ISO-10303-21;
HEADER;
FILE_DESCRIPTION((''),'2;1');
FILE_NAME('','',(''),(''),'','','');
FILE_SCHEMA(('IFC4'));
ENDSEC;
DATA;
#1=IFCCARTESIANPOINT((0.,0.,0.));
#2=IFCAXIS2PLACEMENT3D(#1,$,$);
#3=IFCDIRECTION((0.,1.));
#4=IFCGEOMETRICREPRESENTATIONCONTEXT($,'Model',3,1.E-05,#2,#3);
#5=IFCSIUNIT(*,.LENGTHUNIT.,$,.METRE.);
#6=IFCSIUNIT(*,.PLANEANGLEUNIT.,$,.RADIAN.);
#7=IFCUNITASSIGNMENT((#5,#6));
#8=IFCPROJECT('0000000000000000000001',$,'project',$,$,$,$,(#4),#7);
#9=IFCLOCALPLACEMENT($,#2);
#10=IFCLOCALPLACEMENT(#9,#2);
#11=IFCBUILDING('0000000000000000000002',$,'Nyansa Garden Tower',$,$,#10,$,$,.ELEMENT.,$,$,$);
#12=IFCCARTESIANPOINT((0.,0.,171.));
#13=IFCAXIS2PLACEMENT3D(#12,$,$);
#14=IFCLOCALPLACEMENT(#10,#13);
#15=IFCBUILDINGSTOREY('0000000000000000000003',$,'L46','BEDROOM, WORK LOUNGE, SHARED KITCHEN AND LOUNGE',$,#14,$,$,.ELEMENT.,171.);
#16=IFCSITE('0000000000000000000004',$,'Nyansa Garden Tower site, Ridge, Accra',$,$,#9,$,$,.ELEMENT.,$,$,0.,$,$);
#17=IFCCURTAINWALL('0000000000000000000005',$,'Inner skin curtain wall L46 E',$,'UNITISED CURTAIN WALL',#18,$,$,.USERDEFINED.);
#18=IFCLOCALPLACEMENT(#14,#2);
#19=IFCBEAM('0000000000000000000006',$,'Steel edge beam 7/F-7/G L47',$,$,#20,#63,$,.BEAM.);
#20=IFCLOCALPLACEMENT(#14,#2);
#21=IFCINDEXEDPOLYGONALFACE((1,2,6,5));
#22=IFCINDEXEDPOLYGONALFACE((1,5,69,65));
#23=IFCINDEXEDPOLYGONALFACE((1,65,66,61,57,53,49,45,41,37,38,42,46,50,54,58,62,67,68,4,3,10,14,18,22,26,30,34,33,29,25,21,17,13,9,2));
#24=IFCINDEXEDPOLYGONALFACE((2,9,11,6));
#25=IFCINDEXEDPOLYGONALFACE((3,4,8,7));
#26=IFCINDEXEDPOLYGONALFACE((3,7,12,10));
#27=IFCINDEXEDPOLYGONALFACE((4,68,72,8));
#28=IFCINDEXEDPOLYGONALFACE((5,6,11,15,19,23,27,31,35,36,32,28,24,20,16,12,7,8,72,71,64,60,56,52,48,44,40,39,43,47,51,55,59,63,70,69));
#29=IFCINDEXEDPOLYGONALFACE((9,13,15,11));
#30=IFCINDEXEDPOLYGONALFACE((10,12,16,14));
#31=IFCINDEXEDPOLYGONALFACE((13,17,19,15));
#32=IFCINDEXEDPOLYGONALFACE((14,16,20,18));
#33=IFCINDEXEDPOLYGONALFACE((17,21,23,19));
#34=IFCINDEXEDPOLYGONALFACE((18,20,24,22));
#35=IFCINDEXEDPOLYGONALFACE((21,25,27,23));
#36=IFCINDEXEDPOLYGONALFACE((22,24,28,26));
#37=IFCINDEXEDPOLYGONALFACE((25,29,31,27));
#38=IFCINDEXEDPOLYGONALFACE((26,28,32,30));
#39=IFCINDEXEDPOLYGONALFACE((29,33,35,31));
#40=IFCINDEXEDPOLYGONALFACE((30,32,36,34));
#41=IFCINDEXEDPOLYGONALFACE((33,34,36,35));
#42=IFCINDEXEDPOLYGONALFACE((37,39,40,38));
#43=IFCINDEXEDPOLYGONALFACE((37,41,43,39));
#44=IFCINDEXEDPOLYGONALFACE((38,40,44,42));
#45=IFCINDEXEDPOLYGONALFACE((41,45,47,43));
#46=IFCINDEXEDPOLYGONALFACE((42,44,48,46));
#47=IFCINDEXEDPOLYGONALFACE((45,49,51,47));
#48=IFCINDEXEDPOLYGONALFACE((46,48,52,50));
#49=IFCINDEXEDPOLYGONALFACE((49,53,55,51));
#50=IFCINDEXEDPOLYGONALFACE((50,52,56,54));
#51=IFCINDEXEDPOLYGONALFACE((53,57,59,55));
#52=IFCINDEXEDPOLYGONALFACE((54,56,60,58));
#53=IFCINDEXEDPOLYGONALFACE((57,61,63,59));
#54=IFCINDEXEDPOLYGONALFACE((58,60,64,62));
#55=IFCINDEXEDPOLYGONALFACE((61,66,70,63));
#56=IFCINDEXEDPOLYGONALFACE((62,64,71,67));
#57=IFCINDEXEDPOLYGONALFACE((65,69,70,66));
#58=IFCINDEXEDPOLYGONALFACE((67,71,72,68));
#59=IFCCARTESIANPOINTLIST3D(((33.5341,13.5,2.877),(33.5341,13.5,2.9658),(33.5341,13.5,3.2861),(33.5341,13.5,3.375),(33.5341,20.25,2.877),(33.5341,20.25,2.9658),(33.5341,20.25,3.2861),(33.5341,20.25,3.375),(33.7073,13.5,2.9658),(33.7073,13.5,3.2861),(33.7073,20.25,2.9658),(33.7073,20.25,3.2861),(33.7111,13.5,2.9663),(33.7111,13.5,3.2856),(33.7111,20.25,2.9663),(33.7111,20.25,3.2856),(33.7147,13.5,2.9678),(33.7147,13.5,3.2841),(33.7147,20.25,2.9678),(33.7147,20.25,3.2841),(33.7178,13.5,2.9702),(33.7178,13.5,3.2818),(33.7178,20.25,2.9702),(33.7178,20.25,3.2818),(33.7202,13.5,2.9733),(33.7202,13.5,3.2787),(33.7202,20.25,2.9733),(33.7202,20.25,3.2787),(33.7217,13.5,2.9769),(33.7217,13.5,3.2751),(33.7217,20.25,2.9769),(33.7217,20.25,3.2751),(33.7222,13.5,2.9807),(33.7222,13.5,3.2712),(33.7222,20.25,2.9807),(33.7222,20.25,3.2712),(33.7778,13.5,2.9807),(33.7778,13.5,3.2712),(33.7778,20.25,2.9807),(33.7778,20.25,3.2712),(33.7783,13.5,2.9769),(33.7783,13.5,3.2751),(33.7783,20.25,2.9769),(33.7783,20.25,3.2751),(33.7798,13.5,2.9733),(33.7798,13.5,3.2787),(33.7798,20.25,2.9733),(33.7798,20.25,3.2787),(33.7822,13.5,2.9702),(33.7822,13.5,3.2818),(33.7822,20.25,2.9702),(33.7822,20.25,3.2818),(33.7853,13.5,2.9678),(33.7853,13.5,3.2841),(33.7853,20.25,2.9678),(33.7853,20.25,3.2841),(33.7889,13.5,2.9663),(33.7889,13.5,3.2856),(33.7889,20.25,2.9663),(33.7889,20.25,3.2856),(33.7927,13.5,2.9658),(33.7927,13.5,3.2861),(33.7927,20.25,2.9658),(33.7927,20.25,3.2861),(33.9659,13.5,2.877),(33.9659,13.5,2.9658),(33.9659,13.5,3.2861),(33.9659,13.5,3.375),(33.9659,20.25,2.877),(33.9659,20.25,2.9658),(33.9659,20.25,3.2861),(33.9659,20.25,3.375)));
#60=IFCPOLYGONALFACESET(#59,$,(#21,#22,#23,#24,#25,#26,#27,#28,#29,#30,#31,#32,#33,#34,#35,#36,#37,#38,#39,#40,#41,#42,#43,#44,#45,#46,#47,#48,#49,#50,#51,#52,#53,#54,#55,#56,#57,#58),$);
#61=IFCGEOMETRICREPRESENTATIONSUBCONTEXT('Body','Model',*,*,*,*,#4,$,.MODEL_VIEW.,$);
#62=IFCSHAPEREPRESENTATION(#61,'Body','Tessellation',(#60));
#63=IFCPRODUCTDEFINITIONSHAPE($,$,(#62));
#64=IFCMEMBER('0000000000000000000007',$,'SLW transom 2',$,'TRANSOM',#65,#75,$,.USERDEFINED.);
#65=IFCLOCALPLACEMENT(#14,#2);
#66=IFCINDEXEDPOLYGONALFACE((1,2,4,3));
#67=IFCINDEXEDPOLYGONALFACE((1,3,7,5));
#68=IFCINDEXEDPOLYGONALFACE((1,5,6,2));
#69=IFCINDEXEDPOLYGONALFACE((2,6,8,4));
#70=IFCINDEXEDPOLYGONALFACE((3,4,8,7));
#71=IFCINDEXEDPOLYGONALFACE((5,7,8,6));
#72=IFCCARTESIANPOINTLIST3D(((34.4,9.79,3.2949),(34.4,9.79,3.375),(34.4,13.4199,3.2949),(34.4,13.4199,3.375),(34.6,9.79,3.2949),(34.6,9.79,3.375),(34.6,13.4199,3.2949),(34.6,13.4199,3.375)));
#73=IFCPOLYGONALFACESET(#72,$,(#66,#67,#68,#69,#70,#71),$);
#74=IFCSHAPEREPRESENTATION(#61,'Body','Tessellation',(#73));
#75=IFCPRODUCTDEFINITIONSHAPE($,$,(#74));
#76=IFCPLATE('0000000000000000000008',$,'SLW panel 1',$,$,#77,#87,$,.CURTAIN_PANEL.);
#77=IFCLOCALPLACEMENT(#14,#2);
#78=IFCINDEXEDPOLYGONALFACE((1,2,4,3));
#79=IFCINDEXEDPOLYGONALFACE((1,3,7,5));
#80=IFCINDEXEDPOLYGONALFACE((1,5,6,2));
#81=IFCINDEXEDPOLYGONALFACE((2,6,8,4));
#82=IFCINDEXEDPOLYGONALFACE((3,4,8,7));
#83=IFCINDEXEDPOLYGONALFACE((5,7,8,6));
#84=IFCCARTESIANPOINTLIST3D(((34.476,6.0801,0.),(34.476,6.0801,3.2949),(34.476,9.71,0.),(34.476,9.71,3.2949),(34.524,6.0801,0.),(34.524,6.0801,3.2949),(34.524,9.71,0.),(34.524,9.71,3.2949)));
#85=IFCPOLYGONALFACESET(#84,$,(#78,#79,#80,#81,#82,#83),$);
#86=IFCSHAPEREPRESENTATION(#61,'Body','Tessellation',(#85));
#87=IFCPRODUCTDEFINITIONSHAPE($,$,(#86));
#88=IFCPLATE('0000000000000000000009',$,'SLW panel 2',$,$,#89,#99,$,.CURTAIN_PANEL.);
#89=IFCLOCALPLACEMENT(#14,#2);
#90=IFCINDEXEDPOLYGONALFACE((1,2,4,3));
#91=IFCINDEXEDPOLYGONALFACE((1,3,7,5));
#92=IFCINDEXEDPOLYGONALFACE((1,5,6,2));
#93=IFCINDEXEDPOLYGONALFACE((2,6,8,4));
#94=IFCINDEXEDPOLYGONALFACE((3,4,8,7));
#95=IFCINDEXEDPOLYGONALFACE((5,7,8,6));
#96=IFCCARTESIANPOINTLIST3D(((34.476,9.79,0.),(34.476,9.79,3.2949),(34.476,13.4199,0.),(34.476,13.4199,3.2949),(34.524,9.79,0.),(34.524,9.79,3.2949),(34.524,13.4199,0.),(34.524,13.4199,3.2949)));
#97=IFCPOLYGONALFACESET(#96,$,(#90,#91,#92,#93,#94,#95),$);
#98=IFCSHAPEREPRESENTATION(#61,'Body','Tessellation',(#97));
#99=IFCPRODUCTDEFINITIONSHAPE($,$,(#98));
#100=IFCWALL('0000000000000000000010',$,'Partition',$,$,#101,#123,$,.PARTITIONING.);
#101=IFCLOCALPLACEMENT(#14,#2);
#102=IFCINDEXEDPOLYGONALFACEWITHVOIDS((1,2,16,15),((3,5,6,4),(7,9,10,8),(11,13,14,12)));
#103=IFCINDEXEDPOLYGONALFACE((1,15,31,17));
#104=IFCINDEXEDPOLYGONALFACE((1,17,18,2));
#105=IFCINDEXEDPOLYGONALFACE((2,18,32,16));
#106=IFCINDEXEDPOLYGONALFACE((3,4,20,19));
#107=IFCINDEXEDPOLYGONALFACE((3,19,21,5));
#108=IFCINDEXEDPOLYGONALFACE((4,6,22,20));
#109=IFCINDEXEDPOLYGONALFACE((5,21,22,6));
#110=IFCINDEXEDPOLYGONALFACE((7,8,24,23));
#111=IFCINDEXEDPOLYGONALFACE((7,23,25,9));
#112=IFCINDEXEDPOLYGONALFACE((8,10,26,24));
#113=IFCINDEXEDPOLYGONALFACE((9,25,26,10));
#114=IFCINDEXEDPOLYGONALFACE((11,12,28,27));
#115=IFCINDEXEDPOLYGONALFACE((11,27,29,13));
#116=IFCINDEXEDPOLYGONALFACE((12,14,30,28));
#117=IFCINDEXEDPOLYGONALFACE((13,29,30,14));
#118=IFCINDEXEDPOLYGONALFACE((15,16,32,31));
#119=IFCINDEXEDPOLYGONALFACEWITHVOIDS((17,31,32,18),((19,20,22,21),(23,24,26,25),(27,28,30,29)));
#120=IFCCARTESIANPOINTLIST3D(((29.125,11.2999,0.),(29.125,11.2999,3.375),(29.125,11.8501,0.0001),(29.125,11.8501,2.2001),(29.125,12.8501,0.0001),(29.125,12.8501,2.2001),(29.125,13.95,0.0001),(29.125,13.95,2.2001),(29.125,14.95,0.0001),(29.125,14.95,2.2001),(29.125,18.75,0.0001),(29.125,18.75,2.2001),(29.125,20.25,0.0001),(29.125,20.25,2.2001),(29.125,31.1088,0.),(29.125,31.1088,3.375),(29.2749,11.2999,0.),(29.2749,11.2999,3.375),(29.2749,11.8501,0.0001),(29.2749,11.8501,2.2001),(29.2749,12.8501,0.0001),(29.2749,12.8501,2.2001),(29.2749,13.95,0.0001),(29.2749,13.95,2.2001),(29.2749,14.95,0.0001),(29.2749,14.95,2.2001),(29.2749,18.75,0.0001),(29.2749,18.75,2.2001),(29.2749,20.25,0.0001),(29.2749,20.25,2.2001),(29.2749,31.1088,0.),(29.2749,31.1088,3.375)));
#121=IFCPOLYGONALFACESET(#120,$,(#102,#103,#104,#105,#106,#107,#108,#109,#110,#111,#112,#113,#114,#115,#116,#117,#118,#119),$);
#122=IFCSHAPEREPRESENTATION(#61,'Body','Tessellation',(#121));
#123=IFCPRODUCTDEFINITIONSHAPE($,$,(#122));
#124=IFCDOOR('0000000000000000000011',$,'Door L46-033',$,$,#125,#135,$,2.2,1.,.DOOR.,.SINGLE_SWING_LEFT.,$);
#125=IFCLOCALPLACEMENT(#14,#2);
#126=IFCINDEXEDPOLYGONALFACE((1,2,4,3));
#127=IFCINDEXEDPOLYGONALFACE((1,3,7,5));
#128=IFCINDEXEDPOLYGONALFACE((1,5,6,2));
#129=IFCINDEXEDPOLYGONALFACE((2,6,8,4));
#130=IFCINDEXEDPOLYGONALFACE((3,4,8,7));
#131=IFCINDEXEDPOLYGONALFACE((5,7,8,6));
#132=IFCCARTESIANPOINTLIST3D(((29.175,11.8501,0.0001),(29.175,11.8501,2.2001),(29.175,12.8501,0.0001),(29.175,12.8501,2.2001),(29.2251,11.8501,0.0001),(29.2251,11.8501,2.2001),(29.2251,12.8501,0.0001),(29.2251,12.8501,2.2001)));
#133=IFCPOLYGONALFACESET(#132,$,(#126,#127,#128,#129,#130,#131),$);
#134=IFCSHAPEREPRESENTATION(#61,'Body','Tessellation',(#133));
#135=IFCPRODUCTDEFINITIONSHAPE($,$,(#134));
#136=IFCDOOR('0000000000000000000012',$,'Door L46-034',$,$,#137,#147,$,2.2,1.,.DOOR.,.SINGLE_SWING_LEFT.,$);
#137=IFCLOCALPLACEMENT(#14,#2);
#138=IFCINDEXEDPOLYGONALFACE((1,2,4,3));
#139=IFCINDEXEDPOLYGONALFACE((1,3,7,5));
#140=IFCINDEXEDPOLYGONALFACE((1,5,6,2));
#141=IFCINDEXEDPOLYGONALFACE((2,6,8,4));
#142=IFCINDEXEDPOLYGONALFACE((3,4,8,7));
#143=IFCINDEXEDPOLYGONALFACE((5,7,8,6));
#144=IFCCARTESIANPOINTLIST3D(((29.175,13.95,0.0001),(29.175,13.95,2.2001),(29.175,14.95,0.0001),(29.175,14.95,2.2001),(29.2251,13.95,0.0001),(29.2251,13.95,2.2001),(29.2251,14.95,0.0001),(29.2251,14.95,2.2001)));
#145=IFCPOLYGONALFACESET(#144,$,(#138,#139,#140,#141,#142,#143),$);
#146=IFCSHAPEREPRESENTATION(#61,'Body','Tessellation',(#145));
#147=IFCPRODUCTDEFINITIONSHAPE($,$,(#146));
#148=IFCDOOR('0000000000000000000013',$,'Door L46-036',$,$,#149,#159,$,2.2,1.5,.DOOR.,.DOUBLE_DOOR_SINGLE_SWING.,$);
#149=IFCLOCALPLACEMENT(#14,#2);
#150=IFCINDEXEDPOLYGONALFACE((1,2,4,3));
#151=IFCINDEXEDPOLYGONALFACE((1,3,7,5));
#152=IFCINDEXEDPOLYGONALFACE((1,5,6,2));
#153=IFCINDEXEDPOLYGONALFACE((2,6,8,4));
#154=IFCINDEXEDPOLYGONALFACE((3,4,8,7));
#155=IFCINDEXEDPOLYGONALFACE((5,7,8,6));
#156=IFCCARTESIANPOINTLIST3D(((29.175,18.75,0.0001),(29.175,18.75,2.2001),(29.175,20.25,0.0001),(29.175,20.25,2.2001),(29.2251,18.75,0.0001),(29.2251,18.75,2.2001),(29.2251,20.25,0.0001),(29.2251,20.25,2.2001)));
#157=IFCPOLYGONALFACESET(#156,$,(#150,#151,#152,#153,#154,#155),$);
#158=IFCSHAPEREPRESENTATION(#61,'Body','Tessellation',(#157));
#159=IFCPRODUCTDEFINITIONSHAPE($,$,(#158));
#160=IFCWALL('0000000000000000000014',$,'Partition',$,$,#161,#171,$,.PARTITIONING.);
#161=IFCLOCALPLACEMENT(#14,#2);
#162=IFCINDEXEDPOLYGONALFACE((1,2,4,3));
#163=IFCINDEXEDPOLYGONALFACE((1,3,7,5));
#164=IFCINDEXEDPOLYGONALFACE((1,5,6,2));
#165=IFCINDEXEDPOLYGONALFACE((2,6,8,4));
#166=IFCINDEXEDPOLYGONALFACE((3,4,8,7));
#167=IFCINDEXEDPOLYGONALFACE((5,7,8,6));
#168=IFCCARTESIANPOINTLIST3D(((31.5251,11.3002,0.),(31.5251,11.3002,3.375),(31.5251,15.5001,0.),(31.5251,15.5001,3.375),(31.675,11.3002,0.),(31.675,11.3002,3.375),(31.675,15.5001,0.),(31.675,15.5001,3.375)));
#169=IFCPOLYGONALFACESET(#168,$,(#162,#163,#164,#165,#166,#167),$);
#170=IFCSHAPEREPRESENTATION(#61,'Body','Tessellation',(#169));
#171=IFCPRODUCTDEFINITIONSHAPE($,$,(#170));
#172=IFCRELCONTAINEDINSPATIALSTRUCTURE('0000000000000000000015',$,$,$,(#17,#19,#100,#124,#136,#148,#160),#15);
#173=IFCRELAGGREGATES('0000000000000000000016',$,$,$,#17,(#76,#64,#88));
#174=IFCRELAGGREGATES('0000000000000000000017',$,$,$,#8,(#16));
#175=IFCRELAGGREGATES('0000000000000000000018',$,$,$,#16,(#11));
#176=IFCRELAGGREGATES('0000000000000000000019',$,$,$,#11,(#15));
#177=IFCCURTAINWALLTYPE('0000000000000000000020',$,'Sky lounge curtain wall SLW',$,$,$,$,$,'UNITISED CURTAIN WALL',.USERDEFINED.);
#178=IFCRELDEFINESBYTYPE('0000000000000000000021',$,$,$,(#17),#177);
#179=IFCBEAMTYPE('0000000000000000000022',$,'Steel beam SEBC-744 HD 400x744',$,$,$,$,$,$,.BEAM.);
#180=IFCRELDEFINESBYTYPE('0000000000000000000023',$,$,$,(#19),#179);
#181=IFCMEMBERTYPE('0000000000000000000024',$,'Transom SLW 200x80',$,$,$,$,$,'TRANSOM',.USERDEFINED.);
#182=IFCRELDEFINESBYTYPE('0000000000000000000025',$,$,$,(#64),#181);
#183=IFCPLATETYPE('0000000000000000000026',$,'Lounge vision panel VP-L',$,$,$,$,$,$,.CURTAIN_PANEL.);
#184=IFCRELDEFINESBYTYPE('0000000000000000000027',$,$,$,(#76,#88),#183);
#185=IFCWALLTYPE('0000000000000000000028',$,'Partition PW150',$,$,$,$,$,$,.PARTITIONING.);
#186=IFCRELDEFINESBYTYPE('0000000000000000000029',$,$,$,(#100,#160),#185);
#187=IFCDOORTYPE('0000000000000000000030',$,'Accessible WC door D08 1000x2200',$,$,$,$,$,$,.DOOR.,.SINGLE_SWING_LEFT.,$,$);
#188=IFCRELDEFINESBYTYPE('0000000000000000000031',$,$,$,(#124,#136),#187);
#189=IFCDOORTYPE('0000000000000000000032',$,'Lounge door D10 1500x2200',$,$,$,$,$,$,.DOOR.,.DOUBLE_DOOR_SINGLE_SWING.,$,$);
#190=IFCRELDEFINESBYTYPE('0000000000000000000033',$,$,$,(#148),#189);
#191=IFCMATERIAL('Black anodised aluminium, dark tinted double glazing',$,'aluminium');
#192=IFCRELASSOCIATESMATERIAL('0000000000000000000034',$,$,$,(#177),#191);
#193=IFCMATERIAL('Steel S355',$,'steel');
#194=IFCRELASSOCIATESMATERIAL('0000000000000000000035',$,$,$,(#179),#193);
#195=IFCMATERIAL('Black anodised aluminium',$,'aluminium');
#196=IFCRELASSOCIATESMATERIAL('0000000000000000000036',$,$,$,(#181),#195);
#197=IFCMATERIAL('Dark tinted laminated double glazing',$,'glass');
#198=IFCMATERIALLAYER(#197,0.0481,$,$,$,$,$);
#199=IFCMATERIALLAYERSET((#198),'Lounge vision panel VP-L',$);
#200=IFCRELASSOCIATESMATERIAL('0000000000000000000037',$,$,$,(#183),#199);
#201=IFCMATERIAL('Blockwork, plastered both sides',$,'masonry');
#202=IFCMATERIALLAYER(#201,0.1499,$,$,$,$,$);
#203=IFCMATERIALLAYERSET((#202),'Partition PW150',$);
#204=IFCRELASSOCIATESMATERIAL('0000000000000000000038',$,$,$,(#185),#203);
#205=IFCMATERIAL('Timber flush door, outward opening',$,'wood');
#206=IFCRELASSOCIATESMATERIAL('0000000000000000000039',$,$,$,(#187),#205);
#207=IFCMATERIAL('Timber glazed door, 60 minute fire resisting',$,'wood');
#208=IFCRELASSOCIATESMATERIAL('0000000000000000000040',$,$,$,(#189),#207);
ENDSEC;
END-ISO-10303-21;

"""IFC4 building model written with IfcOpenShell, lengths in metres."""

from ifc_helpers import new_model, si_unit, direction, frame, frame_2d, origin, origin_2d, place, context, subcontext, project, spatial, rectangle, i_section, extrude, material, layer, layer_set, material_profile, profile_set, type_object, element, fill, aggregate, save


model = new_model("IFC4")

# Units and contexts
model_context = context("Model", 3, precision=1e-05, world=origin(), true_north=direction((0.0, 1.0)))
body_context = subcontext(model_context, "Body", "Model", "MODEL_VIEW")
ifc_project = project(units=[si_unit("LENGTHUNIT", "METRE"), si_unit("PLANEANGLEUNIT", "RADIAN")], contexts=[model_context])

# Site, building, storey
site_placement = place(None, origin())
site = spatial("IfcSite", under=ifc_project, at=site_placement, Name="Nyansa Garden Tower site, Ridge, Accra", CompositionType="ELEMENT", RefElevation=0.0)
building_placement = place(site_placement, origin())
building = spatial("IfcBuilding", under=site, at=building_placement, Name="Nyansa Garden Tower", CompositionType="ELEMENT")
storey_placement = place(building_placement, frame((0.0, 0.0, 171.0)))
storey = spatial("IfcBuildingStorey", under=building, at=storey_placement, Name="L46", Description="BEDROOM, WORK LOUNGE, SHARED KITCHEN AND LOUNGE", CompositionType="ELEMENT", Elevation=171.0)

# Curtain wall
ifc_material_1 = material(Name="Black anodised aluminium, dark tinted double glazing", Category="aluminium")
curtain_wall_type = type_object("IfcCurtainWallType", Name="Sky lounge curtain wall SLW", ElementType="UNITISED CURTAIN WALL", PredefinedType="USERDEFINED", material=ifc_material_1)
curtain_wall_placement = place(storey_placement, origin())
curtain_wall = element("IfcCurtainWall", 1, at=curtain_wall_placement, inside=storey, type_object=curtain_wall_type, Name="Inner skin curtain wall L46 E", ObjectType="UNITISED CURTAIN WALL", PredefinedType="USERDEFINED")

# Beam
ifc_material_2 = material(Name="Steel S355", Category="steel")
ifc_material_profile_1 = material_profile(ifc_material_2, i_section(OverallWidth=0.4319, OverallDepth=0.498, WebThickness=0.0557, FlangeThickness=0.0889, FilletRadius=0.0149, at=origin_2d()), Name="HD 400x744")
ifc_profile_set_1 = profile_set([ifc_material_profile_1], Name="Steel S355")
beam_type_1 = type_object("IfcBeamType", Name="Steel beam SEBC-744 HD 400x744", PredefinedType="BEAM", material=ifc_profile_set_1)
for number, where, z_axis, x_axis, name in (
    (2, (33.75, 13.5, 3.126), (0.0, 1.0, 0.0), (-1.0, 0.0, 0.0), "Steel edge beam 7/F-7/G L47"),
):
    element("IfcBeam", number, at=place(storey_placement, frame(where, z_axis=z_axis, x_axis=x_axis)), inside=storey, type_object=beam_type_1, Name=name, PredefinedType="BEAM", context=body_context, shape_type="SweptSolid", body=[
        extrude(i_section(OverallWidth=0.4319, OverallDepth=0.498, WebThickness=0.0557, FlangeThickness=0.0889, FilletRadius=0.0149, at=origin_2d()), origin(), (0.0, 0.0, 1.0), 6.75),
    ])

# Member
ifc_material_3 = material(Name="Black anodised aluminium", Category="aluminium")
ifc_material_profile_2 = material_profile(ifc_material_3, rectangle(XDim=0.2, YDim=0.0801, at=origin_2d()), Name="Transom 200x80")
ifc_profile_set_2 = profile_set([ifc_material_profile_2], Name="Black anodised aluminium")
member_type_1 = type_object("IfcMemberType", Name="Transom SLW 200x80", ElementType="TRANSOM", PredefinedType="USERDEFINED", material=ifc_profile_set_2)
member_1_placement = place(storey_placement, frame((34.5, 9.79, 3.335), z_axis=(0.0, 1.0, 0.0), x_axis=(-1.0, 0.0, 0.0)))
member_1 = element("IfcMember", 3, at=member_1_placement, type_object=member_type_1, Name="SLW transom 2", ObjectType="TRANSOM", PredefinedType="USERDEFINED", context=body_context, shape_type="SweptSolid", body=[
    extrude(rectangle(XDim=0.2, YDim=0.0801, at=origin_2d()), origin(), (0.0, 0.0, 1.0), 3.6299),
])

# Plates
ifc_material_4 = material(Name="Dark tinted laminated double glazing", Category="glass")
ifc_layer_1 = layer(ifc_material_4, 0.0481)
ifc_layer_set_1 = layer_set([ifc_layer_1], Name="Lounge vision panel VP-L")
plate_type = type_object("IfcPlateType", Name="Lounge vision panel VP-L", PredefinedType="CURTAIN_PANEL", material=ifc_layer_set_1)
plate_1_placement = place(storey_placement, frame((34.5, 7.895, 0.0), z_axis=(0.0, 0.0, 1.0), x_axis=(0.0, 1.0, 0.0)))
plate_1 = element("IfcPlate", 4, at=plate_1_placement, type_object=plate_type, Name="SLW panel 1", PredefinedType="CURTAIN_PANEL", context=body_context, shape_type="SweptSolid", body=[
    extrude(rectangle(XDim=3.6299, YDim=0.0481, at=origin_2d()), origin(), (0.0, 0.0, 1.0), 3.2949),
])
plate_2_placement = place(storey_placement, frame((34.5, 11.605, 0.0), z_axis=(0.0, 0.0, 1.0), x_axis=(0.0, 1.0, 0.0)))
plate_2 = element("IfcPlate", 5, at=plate_2_placement, type_object=plate_type, Name="SLW panel 2", PredefinedType="CURTAIN_PANEL", context=body_context, shape_type="SweptSolid", body=[
    extrude(rectangle(XDim=3.6299, YDim=0.0481, at=origin_2d()), origin(), (0.0, 0.0, 1.0), 3.2949),
])
aggregate(curtain_wall, [plate_1, member_1, plate_2])

# Wall, openings, doors
ifc_material_5 = material(Name="Blockwork, plastered both sides", Category="masonry")
ifc_layer_2 = layer(ifc_material_5, 0.1499)
ifc_layer_set_2 = layer_set([ifc_layer_2], Name="Partition PW150")
wall_type_1 = type_object("IfcWallType", Name="Partition PW150", PredefinedType="PARTITIONING", material=ifc_layer_set_2)
wall_1_placement = place(storey_placement, frame((29.2, 11.3, 0.0), z_axis=(0.0, 0.0, 1.0), x_axis=(0.0, 1.0, 0.0)))
wall_1 = element("IfcWall", 6, at=wall_1_placement, inside=storey, type_object=wall_type_1, Name="Partition", PredefinedType="PARTITIONING", context=body_context, shape_type="SweptSolid", body=[
    extrude(rectangle(XDim=19.8088, YDim=0.1499, at=frame_2d((9.9043, 0.0))), origin(), (0.0, 0.0, 1.0), 3.375),
])
opening_1_placement = place(wall_1_placement, frame((0.55, 0.0, 0.0)))
opening_1 = element("IfcOpeningElement", 7, at=opening_1_placement, cuts=wall_1, PredefinedType="OPENING", context=body_context, shape_type="SweptSolid", body=[
    extrude(rectangle(XDim=1.0, YDim=2.2, at=frame_2d((0.5, 1.1001))), frame((0.0, 0.085, 0.0), z_axis=(0.0, -1.0, 0.0), x_axis=(1.0, 0.0, 0.0)), (0.0, 0.0, 1.0), 0.1699),
])
opening_2_placement = place(wall_1_placement, frame((2.6499, 0.0, 0.0)))
opening_2 = element("IfcOpeningElement", 8, at=opening_2_placement, cuts=wall_1, PredefinedType="OPENING", context=body_context, shape_type="SweptSolid", body=[
    extrude(rectangle(XDim=1.0, YDim=2.2, at=frame_2d((0.5, 1.1001))), frame((0.0, 0.085, 0.0), z_axis=(0.0, -1.0, 0.0), x_axis=(1.0, 0.0, 0.0)), (0.0, 0.0, 1.0), 0.1699),
])
opening_3_placement = place(wall_1_placement, frame((7.45, 0.0, 0.0)))
opening_3 = element("IfcOpeningElement", 9, at=opening_3_placement, cuts=wall_1, PredefinedType="OPENING", context=body_context, shape_type="SweptSolid", body=[
    extrude(rectangle(XDim=1.5, YDim=2.2, at=frame_2d((0.75, 1.1001))), frame((0.0, 0.085, 0.0), z_axis=(0.0, -1.0, 0.0), x_axis=(1.0, 0.0, 0.0)), (0.0, 0.0, 1.0), 0.1699),
])
ifc_material_6 = material(Name="Timber flush door, outward opening", Category="wood")
door_type_1 = type_object("IfcDoorType", Name="Accessible WC door D08 1000x2200", OperationType="SINGLE_SWING_LEFT", PredefinedType="DOOR", material=ifc_material_6)
door_1_placement = place(opening_1_placement, origin())
door_1 = element("IfcDoor", 10, at=door_1_placement, inside=storey, type_object=door_type_1, Name="Door L46-033", OperationType="SINGLE_SWING_LEFT", OverallHeight=2.2, OverallWidth=1.0, PredefinedType="DOOR", context=body_context, shape_type="SweptSolid", body=[
    extrude(rectangle(XDim=1.0, YDim=2.2, at=frame_2d((0.5, 1.1001))), frame((0.0, 0.0249, 0.0), z_axis=(0.0, -1.0, 0.0), x_axis=(1.0, 0.0, 0.0)), (0.0, 0.0, 1.0), 0.05),
])
fill(opening_1, door_1)
door_2_placement = place(opening_2_placement, origin())
door_2 = element("IfcDoor", 11, at=door_2_placement, inside=storey, type_object=door_type_1, Name="Door L46-034", OperationType="SINGLE_SWING_LEFT", OverallHeight=2.2, OverallWidth=1.0, PredefinedType="DOOR", context=body_context, shape_type="SweptSolid", body=[
    extrude(rectangle(XDim=1.0, YDim=2.2, at=frame_2d((0.5, 1.1001))), frame((0.0, 0.0249, 0.0), z_axis=(0.0, -1.0, 0.0), x_axis=(1.0, 0.0, 0.0)), (0.0, 0.0, 1.0), 0.05),
])
fill(opening_2, door_2)
ifc_material_7 = material(Name="Timber glazed door, 60 minute fire resisting", Category="wood")
door_type_2 = type_object("IfcDoorType", Name="Lounge door D10 1500x2200", OperationType="DOUBLE_DOOR_SINGLE_SWING", PredefinedType="DOOR", material=ifc_material_7)
door_3_placement = place(opening_3_placement, origin())
door_3 = element("IfcDoor", 12, at=door_3_placement, inside=storey, type_object=door_type_2, Name="Door L46-036", OperationType="DOUBLE_DOOR_SINGLE_SWING", OverallHeight=2.2, OverallWidth=1.5, PredefinedType="DOOR", context=body_context, shape_type="SweptSolid", body=[
    extrude(rectangle(XDim=1.5, YDim=2.2, at=frame_2d((0.75, 1.1001))), frame((0.0, 0.0249, 0.0), z_axis=(0.0, -1.0, 0.0), x_axis=(1.0, 0.0, 0.0)), (0.0, 0.0, 1.0), 0.05),
])
fill(opening_3, door_3)

# Wall
wall_2_placement = place(storey_placement, frame((31.6001, 11.3, 0.0), z_axis=(0.0, 0.0, 1.0), x_axis=(0.0, 1.0, 0.0)))
element("IfcWall", 13, at=wall_2_placement, inside=storey, type_object=wall_type_1, Name="Partition", PredefinedType="PARTITIONING", context=body_context, shape_type="SweptSolid", body=[
    extrude(rectangle(XDim=4.2, YDim=0.1499, at=frame_2d((2.1001, 0.0))), origin(), (0.0, 0.0, 1.0), 3.375),
])

save(model, "model.ifc")
